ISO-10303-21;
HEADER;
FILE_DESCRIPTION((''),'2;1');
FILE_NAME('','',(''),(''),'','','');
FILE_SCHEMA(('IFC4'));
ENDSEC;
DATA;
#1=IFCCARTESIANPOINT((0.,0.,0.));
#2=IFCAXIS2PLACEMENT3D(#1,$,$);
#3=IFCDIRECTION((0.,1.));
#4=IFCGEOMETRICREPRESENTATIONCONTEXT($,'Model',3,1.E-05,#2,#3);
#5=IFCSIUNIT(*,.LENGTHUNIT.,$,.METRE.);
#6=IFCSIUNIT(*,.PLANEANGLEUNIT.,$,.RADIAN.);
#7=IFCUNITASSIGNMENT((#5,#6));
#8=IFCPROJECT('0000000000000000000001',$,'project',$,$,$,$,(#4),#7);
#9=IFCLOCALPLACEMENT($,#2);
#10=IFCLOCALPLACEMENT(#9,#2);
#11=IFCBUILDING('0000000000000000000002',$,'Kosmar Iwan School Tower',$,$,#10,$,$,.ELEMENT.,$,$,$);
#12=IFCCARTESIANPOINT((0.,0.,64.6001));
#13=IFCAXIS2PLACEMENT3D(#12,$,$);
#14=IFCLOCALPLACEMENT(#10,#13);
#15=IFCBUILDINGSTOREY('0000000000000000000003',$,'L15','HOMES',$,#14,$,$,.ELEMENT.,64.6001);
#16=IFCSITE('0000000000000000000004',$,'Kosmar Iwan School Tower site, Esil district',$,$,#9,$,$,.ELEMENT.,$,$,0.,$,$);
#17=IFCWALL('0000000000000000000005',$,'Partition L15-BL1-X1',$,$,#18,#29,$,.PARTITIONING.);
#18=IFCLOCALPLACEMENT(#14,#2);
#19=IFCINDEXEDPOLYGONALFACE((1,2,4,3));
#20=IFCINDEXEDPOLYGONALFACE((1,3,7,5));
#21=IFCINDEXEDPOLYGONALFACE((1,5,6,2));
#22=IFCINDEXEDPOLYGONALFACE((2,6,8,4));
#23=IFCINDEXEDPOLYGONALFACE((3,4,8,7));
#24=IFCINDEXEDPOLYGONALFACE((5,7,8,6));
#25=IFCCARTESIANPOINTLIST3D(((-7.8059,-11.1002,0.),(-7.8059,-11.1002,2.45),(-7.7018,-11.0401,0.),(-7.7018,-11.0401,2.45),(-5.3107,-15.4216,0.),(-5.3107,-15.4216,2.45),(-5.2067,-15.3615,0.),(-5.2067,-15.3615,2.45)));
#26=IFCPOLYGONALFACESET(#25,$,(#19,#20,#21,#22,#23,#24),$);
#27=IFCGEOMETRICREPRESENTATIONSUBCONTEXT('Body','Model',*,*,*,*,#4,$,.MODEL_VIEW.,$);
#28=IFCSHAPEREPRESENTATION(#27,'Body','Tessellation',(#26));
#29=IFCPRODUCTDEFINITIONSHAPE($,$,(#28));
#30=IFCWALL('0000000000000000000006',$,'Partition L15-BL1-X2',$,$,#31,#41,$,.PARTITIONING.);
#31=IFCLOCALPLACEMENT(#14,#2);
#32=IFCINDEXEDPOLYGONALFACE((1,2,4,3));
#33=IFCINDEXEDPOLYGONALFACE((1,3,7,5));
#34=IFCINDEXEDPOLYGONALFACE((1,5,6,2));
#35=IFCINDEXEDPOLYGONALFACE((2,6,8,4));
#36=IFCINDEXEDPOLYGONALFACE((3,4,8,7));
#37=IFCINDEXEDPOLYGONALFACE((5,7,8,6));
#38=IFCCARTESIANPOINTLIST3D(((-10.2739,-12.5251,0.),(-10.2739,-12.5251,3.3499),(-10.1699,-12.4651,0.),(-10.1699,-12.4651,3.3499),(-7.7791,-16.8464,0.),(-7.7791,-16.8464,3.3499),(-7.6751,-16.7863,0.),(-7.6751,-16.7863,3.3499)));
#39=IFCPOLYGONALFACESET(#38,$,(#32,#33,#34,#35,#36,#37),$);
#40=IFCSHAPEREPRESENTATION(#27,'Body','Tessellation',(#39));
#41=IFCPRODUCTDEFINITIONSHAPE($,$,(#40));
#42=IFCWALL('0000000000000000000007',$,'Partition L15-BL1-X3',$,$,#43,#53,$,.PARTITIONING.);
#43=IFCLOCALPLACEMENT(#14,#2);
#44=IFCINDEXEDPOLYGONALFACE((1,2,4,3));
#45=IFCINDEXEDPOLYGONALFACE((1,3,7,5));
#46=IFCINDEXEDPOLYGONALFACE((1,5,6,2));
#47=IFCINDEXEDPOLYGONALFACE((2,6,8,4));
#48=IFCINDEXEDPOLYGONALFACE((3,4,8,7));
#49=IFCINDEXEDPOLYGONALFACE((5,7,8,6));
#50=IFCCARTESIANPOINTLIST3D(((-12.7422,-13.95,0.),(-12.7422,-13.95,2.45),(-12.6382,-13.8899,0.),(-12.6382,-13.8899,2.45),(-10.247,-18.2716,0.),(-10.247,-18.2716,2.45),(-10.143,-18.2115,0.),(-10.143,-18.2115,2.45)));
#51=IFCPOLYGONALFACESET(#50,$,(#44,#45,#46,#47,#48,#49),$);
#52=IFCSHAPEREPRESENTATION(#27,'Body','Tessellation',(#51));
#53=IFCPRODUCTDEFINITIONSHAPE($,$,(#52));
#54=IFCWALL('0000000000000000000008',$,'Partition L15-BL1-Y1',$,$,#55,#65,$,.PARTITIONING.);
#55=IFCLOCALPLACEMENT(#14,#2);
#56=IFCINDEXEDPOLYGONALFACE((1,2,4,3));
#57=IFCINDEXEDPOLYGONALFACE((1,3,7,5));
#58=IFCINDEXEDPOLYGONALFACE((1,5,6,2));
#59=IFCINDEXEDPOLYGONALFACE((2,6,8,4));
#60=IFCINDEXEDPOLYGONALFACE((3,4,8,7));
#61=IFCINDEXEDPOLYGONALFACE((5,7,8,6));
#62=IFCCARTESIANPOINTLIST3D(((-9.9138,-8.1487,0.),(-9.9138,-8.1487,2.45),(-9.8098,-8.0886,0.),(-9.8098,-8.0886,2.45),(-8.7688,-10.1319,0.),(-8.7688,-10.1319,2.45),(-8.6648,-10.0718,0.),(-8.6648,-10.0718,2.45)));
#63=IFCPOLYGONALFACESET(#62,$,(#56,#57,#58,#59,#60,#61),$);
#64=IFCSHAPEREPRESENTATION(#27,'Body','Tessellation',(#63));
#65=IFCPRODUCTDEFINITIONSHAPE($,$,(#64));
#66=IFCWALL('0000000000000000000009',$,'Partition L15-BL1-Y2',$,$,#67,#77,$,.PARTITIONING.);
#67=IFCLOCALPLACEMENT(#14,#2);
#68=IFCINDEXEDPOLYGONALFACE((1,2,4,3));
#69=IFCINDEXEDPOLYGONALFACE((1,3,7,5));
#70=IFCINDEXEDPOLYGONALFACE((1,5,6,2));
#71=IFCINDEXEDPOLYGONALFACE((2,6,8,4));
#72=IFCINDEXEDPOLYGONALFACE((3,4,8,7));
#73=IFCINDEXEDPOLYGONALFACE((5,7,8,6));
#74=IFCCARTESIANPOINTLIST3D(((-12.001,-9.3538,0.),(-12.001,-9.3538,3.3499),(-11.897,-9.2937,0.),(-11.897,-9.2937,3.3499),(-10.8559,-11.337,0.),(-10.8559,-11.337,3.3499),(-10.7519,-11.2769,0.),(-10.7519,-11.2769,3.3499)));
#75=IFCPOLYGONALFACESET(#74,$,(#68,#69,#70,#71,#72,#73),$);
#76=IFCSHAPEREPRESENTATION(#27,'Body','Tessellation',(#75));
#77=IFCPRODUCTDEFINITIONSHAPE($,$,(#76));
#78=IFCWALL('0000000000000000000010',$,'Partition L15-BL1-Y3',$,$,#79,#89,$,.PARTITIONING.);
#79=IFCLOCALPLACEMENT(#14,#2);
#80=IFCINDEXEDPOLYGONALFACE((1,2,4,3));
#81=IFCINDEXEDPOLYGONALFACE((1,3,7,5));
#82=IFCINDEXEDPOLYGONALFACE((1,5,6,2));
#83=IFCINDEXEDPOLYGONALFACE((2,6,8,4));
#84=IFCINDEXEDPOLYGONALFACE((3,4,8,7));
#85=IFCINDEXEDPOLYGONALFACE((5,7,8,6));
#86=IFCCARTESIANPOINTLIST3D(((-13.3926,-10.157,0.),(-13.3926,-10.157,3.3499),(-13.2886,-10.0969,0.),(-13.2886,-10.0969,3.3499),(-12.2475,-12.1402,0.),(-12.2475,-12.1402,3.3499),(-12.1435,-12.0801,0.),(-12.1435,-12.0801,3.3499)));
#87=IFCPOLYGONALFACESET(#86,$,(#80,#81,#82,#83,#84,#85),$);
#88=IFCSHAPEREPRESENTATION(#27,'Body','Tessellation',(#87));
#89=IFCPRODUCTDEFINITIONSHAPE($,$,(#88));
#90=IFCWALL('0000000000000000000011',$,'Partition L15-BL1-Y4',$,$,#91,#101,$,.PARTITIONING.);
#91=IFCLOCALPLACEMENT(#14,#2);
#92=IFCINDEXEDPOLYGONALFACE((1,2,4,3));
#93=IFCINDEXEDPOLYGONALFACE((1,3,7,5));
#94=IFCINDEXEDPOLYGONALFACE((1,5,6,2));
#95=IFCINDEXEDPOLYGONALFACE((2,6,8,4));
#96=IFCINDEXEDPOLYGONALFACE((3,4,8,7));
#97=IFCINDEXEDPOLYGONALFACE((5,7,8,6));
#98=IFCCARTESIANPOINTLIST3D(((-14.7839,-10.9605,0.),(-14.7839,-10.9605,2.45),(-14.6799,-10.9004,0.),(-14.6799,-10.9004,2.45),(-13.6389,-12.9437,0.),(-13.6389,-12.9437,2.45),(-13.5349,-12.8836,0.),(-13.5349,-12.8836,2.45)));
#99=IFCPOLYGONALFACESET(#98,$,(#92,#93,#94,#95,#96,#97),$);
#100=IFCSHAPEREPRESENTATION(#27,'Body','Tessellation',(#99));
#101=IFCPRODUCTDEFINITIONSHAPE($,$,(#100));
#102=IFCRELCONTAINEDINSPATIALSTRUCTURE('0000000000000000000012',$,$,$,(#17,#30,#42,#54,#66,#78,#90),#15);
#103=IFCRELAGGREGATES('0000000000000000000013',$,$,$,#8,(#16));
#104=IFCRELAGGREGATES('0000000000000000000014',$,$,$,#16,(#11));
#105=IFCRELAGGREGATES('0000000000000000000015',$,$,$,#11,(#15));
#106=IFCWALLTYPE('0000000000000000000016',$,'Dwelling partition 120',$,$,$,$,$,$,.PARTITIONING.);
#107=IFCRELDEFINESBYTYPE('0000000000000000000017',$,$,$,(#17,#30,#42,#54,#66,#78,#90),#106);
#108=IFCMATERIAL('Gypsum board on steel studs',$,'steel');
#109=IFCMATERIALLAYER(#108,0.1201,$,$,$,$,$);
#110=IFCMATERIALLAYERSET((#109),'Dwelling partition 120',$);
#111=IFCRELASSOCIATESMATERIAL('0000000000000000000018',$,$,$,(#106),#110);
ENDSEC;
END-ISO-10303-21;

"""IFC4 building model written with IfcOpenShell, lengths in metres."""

from ifc_helpers import new_model, si_unit, direction, frame, frame_2d, origin, place, context, subcontext, project, spatial, rectangle, extrude, material, layer, layer_set, type_object, element, save


model = new_model("IFC4")

# Units and contexts
model_context = context("Model", 3, precision=1e-05, world=origin(), true_north=direction((0.0, 1.0)))
body_context = subcontext(model_context, "Body", "Model", "MODEL_VIEW")
ifc_project = project(units=[si_unit("LENGTHUNIT", "METRE"), si_unit("PLANEANGLEUNIT", "RADIAN")], contexts=[model_context])

# Site, building, storey
site_placement = place(None, origin())
site = spatial("IfcSite", under=ifc_project, at=site_placement, Name="Kosmar Iwan School Tower site, Esil district", CompositionType="ELEMENT", RefElevation=0.0)
building_placement = place(site_placement, origin())
building = spatial("IfcBuilding", under=site, at=building_placement, Name="Kosmar Iwan School Tower", CompositionType="ELEMENT")
storey_placement = place(building_placement, frame((0.0, 0.0, 64.6001)))
storey = spatial("IfcBuildingStorey", under=building, at=storey_placement, Name="L15", Description="HOMES", CompositionType="ELEMENT", Elevation=64.6001)

# Shared definitions
ifc_material_1 = material(Name="Gypsum board on steel studs", Category="steel")
ifc_layer_1 = layer(ifc_material_1, 0.1201)
ifc_layer_set_1 = layer_set([ifc_layer_1], Name="Dwelling partition 120")
wall_type_1 = type_object("IfcWallType", Name="Dwelling partition 120", PredefinedType="PARTITIONING", material=ifc_layer_set_1)

# Walls
wall_1_placement = place(storey_placement, frame((-7.7539, -11.0701, 0.0), z_axis=(0.0, 0.0, 1.0), x_axis=(0.500033, -0.866006, 0.0)))
element("IfcWall", 1, at=wall_1_placement, inside=storey, type_object=wall_type_1, Name="Partition L15-BL1-X1", PredefinedType="PARTITIONING", context=body_context, shape_type="SweptSolid", body=[
    extrude(rectangle(XDim=4.99, YDim=0.1201, at=frame_2d((2.4951, 0.0))), origin(), (0.0, 0.0, 1.0), 2.45),
])
wall_2_placement = place(storey_placement, frame((-10.2219, -12.4951, 0.0), z_axis=(0.0, 0.0, 1.0), x_axis=(0.499996, -0.866028, 0.0)))
element("IfcWall", 2, at=wall_2_placement, inside=storey, type_object=wall_type_1, Name="Partition L15-BL1-X2", PredefinedType="PARTITIONING", context=body_context, shape_type="SweptSolid", body=[
    extrude(rectangle(XDim=4.9897, YDim=0.1201, at=frame_2d((2.4949, 0.0))), origin(), (0.0, 0.0, 1.0), 3.3499),
])
wall_3_placement = place(storey_placement, frame((-12.6902, -13.9199, 0.0), z_axis=(0.0, 0.0, 1.0), x_axis=(0.500012, -0.866019, 0.0)))
element("IfcWall", 3, at=wall_3_placement, inside=storey, type_object=wall_type_1, Name="Partition L15-BL1-X3", PredefinedType="PARTITIONING", context=body_context, shape_type="SweptSolid", body=[
    extrude(rectangle(XDim=4.9902, YDim=0.1201, at=frame_2d((2.4951, 0.0))), origin(), (0.0, 0.0, 1.0), 2.45),
])
wall_4_placement = place(storey_placement, frame((-9.8618, -8.1187, 0.0), z_axis=(0.0, 0.0, 1.0), x_axis=(0.500015, -0.866017, 0.0)))
element("IfcWall", 4, at=wall_4_placement, inside=storey, type_object=wall_type_1, Name="Partition L15-BL1-Y1", PredefinedType="PARTITIONING", context=body_context, shape_type="SweptSolid", body=[
    extrude(rectangle(XDim=2.29, YDim=0.1201, at=frame_2d((1.145, 0.0))), origin(), (0.0, 0.0, 1.0), 2.45),
])
for number, where, z_axis, x_axis, name in (
    (5, (-11.949, -9.3237, 0.0), (0.0, 0.0, 1.0), (0.500015, -0.866017, 0.0), "Partition L15-BL1-Y2"),
    (6, (-13.3406, -10.127, 0.0), (0.0, 0.0, 1.0), (0.500015, -0.866017, 0.0), "Partition L15-BL1-Y3"),
):
    element("IfcWall", number, at=place(storey_placement, frame(where, z_axis=z_axis, x_axis=x_axis)), inside=storey, type_object=wall_type_1, Name=name, PredefinedType="PARTITIONING", context=body_context, shape_type="SweptSolid", body=[
        extrude(rectangle(XDim=2.29, YDim=0.1201, at=frame_2d((1.145, 0.0))), origin(), (0.0, 0.0, 1.0), 3.3499),
    ])
wall_5_placement = place(storey_placement, frame((-14.7319, -10.9304, 0.0), z_axis=(0.0, 0.0, 1.0), x_axis=(0.500015, -0.866017, 0.0)))
element("IfcWall", 7, at=wall_5_placement, inside=storey, type_object=wall_type_1, Name="Partition L15-BL1-Y4", PredefinedType="PARTITIONING", context=body_context, shape_type="SweptSolid", body=[
    extrude(rectangle(XDim=2.29, YDim=0.1201, at=frame_2d((1.145, 0.0))), origin(), (0.0, 0.0, 1.0), 2.45),
])

save(model, "model.ifc")
